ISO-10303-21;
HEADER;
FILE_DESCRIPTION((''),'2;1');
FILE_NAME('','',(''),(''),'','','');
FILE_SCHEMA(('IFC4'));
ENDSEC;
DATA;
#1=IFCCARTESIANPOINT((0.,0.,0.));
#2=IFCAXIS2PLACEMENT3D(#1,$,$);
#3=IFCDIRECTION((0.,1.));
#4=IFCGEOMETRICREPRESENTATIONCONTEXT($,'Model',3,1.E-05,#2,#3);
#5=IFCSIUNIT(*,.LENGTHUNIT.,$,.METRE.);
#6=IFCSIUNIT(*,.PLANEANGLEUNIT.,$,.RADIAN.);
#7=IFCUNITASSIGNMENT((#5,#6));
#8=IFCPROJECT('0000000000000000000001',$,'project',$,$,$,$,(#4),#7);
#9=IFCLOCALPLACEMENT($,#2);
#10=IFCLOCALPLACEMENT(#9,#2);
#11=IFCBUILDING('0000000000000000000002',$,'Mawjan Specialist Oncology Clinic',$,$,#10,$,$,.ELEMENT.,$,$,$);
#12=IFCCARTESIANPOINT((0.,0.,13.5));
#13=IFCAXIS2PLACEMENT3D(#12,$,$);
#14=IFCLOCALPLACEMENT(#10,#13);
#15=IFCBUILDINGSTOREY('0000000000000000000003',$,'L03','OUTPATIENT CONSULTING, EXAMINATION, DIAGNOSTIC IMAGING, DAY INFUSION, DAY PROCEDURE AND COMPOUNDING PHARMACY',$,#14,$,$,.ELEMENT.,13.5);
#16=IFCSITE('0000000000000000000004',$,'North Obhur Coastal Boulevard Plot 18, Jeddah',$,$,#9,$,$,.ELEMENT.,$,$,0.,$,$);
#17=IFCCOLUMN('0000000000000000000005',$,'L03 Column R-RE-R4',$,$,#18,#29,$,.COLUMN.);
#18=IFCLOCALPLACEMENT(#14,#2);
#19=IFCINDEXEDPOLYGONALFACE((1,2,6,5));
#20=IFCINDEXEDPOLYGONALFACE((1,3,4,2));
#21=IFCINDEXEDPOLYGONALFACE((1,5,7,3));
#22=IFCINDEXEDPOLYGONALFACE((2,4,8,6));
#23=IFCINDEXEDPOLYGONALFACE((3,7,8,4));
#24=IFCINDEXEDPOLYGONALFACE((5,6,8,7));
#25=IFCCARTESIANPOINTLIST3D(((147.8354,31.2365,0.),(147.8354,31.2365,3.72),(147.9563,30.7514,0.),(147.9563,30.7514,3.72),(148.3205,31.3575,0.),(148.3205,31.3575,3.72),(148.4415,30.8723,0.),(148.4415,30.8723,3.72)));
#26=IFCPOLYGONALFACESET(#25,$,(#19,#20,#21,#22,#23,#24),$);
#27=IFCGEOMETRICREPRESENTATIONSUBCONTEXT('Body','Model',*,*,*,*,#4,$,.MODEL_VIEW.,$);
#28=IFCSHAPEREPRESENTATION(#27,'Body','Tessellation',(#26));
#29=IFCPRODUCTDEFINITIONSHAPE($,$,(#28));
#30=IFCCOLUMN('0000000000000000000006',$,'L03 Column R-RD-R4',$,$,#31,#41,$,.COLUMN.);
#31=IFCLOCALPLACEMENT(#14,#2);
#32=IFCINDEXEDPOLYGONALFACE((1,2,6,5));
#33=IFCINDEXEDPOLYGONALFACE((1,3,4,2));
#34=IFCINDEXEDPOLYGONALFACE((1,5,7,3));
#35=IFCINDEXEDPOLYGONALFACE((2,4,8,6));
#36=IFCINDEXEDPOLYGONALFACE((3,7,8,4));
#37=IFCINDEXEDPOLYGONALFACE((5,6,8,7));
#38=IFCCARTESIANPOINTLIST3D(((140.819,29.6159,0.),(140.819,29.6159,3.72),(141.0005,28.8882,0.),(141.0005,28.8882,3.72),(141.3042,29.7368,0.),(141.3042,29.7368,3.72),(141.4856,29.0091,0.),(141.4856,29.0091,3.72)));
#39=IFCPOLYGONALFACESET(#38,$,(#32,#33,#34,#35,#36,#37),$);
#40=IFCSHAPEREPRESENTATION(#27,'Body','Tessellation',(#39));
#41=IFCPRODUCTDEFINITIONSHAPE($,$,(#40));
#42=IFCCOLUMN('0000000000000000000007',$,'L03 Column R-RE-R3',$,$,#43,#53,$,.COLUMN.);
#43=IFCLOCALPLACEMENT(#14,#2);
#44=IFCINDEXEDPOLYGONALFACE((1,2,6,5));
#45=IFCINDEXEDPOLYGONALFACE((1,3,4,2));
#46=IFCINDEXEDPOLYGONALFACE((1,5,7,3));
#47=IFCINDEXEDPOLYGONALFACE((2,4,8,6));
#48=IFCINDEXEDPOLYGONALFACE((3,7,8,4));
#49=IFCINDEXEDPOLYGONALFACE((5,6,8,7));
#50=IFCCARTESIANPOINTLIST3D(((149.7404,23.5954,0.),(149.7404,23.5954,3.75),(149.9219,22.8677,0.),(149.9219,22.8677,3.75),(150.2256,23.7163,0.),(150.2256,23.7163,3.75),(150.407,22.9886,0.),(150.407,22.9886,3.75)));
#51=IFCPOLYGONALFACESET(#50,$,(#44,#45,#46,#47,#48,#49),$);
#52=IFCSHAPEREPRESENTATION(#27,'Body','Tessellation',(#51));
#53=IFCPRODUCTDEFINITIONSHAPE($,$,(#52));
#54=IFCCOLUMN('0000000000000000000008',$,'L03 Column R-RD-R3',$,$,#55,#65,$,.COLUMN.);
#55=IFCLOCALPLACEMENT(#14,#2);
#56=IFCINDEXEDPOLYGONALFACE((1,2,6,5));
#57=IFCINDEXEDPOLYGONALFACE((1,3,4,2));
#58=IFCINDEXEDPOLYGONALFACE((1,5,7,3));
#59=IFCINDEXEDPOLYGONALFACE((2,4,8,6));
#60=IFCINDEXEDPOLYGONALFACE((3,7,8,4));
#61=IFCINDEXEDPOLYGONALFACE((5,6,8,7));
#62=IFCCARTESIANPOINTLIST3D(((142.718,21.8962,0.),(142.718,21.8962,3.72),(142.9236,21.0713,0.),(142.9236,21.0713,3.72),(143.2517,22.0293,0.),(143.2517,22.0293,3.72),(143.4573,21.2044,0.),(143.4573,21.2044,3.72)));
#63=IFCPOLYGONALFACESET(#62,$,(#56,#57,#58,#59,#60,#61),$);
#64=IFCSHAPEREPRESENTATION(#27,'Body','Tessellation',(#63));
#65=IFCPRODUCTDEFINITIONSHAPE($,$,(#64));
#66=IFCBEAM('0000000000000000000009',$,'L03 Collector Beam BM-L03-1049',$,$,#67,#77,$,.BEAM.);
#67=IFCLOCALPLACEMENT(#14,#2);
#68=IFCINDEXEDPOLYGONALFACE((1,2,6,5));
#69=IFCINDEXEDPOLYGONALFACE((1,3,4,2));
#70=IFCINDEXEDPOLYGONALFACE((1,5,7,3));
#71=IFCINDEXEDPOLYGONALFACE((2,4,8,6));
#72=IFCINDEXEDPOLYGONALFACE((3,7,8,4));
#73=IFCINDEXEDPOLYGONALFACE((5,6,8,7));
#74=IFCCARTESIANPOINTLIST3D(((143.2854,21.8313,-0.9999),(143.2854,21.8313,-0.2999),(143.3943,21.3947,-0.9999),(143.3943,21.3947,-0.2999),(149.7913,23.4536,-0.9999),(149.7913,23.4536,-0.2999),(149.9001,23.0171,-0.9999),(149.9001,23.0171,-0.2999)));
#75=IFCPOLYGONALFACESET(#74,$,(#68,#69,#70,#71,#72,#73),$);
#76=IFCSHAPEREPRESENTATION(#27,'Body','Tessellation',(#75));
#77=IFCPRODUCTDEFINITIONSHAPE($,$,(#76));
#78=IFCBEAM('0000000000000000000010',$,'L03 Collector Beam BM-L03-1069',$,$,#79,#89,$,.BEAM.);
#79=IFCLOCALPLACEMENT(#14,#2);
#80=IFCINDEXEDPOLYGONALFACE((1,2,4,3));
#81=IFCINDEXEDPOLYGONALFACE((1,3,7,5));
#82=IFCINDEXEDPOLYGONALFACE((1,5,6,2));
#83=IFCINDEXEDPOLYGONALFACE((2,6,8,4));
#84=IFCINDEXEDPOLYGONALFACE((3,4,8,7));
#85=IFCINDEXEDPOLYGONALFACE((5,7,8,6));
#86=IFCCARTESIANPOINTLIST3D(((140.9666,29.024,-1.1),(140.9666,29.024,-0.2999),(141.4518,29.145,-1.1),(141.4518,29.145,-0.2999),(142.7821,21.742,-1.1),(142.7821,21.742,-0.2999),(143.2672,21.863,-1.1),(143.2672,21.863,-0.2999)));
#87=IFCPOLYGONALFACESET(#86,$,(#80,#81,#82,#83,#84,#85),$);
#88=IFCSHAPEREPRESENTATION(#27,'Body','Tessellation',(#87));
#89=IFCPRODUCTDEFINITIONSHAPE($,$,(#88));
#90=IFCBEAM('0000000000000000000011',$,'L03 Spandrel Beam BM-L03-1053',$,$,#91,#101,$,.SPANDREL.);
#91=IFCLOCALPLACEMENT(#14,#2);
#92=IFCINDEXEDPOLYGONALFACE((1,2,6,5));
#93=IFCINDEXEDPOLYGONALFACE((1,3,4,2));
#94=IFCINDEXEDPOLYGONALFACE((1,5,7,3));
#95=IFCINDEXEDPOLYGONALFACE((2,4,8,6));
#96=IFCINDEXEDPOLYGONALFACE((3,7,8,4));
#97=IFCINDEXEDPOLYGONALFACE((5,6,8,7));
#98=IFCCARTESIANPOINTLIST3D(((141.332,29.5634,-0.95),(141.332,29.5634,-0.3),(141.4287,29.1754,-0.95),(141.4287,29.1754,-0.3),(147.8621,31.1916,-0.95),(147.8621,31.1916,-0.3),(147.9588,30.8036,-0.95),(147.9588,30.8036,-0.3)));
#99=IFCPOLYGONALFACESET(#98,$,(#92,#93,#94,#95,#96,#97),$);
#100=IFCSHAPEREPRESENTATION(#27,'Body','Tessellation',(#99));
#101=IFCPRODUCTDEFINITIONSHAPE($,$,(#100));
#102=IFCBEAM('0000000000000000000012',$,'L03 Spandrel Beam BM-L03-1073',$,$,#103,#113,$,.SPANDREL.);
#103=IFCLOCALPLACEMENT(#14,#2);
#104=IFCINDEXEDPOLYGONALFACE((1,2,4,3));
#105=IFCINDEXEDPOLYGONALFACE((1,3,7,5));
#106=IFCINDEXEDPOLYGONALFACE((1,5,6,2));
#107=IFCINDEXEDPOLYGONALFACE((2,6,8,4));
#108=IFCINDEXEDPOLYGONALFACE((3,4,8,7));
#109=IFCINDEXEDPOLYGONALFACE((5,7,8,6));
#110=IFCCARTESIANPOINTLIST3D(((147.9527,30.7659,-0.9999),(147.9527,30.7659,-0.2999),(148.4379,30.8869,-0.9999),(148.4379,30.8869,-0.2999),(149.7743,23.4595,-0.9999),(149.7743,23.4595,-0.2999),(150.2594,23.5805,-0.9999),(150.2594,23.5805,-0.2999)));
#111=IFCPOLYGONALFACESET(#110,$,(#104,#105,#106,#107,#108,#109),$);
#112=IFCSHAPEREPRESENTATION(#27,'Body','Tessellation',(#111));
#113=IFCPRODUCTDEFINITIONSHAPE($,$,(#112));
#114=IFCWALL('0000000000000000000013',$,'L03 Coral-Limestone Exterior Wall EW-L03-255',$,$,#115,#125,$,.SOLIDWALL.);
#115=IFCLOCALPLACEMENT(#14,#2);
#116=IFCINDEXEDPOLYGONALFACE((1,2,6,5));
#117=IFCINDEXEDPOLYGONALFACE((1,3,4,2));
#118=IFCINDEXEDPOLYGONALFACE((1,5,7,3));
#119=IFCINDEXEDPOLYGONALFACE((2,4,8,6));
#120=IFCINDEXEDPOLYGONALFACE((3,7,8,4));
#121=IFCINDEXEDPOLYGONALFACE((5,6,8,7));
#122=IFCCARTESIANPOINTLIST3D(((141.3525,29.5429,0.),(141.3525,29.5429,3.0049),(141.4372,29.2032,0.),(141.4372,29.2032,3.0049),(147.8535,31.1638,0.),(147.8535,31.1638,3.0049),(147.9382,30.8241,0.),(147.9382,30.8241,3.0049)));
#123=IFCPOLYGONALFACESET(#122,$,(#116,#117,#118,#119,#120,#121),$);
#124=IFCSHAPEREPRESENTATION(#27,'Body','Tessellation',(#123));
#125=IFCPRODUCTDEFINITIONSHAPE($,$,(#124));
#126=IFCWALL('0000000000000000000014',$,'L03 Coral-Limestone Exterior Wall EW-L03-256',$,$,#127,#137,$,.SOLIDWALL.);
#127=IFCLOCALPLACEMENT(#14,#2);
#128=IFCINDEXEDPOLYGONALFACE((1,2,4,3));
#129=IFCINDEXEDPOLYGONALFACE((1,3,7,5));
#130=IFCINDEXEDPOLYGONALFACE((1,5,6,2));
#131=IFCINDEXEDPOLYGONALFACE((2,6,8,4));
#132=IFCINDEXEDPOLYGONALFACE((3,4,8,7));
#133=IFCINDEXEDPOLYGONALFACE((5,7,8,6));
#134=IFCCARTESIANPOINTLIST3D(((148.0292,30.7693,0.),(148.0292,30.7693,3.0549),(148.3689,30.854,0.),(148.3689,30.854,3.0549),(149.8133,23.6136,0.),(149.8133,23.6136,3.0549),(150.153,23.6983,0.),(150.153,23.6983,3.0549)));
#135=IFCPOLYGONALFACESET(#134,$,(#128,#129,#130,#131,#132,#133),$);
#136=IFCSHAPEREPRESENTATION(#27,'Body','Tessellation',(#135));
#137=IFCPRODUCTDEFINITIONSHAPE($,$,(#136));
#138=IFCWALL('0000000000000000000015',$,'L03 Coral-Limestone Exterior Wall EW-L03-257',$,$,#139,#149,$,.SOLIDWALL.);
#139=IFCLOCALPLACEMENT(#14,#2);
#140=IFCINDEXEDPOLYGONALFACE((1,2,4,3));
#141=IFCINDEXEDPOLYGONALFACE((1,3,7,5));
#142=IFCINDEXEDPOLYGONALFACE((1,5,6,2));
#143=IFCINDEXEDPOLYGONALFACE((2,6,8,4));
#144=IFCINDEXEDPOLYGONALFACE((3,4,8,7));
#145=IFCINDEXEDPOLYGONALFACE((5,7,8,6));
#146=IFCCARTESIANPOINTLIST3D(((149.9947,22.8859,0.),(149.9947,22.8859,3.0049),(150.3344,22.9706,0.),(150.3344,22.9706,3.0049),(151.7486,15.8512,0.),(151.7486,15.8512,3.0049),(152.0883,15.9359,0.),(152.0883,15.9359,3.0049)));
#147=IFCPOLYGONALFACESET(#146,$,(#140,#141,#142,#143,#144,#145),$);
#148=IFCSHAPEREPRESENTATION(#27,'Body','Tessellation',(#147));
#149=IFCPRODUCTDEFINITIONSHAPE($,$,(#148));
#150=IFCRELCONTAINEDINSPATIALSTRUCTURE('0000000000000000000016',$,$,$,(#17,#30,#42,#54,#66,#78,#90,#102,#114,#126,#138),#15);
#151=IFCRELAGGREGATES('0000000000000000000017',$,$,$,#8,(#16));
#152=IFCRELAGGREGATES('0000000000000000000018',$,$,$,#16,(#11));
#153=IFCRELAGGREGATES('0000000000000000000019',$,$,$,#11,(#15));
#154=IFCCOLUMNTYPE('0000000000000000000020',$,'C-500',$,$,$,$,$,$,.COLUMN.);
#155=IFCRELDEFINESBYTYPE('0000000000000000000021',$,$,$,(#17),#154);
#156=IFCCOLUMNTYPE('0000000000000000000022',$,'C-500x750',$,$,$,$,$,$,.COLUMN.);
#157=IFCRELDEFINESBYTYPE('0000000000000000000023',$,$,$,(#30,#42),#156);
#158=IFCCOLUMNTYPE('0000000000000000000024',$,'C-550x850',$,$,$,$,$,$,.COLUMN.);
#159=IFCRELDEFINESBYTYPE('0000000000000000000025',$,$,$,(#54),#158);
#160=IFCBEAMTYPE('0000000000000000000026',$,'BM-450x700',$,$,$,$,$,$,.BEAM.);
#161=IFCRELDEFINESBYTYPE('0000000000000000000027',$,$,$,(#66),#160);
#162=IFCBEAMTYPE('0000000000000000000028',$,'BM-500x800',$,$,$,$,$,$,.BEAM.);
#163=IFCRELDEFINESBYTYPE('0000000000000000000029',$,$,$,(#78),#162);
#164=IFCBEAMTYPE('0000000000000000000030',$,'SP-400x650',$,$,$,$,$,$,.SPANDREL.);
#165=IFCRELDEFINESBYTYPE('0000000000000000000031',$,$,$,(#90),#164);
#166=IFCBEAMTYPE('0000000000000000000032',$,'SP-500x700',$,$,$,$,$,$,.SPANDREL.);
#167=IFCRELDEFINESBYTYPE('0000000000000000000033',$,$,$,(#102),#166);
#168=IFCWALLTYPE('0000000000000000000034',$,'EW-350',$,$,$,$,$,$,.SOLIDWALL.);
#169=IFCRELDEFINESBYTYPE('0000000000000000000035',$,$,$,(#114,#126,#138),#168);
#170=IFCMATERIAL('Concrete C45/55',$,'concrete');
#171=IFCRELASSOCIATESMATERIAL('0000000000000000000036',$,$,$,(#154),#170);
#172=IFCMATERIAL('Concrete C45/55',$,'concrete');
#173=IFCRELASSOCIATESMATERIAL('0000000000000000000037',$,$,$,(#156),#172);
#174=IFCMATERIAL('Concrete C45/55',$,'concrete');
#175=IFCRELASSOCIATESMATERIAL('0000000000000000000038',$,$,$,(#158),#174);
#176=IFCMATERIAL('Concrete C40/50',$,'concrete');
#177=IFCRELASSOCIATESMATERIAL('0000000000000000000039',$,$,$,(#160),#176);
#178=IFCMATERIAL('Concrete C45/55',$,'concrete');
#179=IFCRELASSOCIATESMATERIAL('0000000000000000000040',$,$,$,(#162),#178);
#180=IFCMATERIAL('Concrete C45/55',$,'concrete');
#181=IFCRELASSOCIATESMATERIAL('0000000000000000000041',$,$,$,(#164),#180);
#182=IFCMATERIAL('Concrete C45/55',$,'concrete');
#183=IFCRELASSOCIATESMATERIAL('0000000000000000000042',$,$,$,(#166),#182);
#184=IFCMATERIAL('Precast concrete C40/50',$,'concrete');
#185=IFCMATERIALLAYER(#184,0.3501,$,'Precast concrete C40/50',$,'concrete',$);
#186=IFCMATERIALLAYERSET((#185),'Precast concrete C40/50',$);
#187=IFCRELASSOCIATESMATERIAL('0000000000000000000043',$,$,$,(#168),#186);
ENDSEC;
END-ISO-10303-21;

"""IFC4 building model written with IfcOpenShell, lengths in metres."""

from ifc_helpers import new_model, si_unit, direction, frame, frame_2d, origin, origin_2d, place, context, subcontext, project, spatial, rectangle, extrude, material, layer, layer_set, material_profile, profile_set, type_object, element, save


model = new_model("IFC4")

# Units and contexts
model_context = context("Model", 3, precision=1e-05, world=origin(), true_north=direction((0.0, 1.0)))
body_context = subcontext(model_context, "Body", "Model", "MODEL_VIEW")
ifc_project = project(units=[si_unit("LENGTHUNIT", "METRE"), si_unit("PLANEANGLEUNIT", "RADIAN")], contexts=[model_context])

# Site, building, storey
site_placement = place(None, origin())
site = spatial("IfcSite", under=ifc_project, at=site_placement, Name="North Obhur Coastal Boulevard Plot 18, Jeddah", CompositionType="ELEMENT", RefElevation=0.0)
building_placement = place(site_placement, origin())
building = spatial("IfcBuilding", under=site, at=building_placement, Name="Mawjan Specialist Oncology Clinic", CompositionType="ELEMENT")
storey_placement = place(building_placement, frame((0.0, 0.0, 13.5)))
storey = spatial("IfcBuildingStorey", under=building, at=storey_placement, Name="L03", Description="OUTPATIENT CONSULTING, EXAMINATION, DIAGNOSTIC IMAGING, DAY INFUSION, DAY PROCEDURE AND COMPOUNDING PHARMACY", CompositionType="ELEMENT", Elevation=13.5)

# Columns
ifc_material_1 = material(Name="Concrete C45/55", Category="concrete")
ifc_material_profile_1 = material_profile(ifc_material_1, rectangle(XDim=0.5, YDim=0.5, at=origin_2d()), Name="RC COL 500x500", Category="concrete")
ifc_profile_set_1 = profile_set([ifc_material_profile_1], Name="Concrete C45/55")
column_type_1 = type_object("IfcColumnType", Name="C-500", PredefinedType="COLUMN", material=ifc_profile_set_1)
column_1_placement = place(storey_placement, frame((148.1384, 31.0544, 0.0), z_axis=(0.0, 0.0, 1.0), x_axis=(0.970296, 0.241922, 0.0)))
element("IfcColumn", 1, at=column_1_placement, inside=storey, type_object=column_type_1, Name="L03 Column R-RE-R4", PredefinedType="COLUMN", context=body_context, shape_type="SweptSolid", body=[
    extrude(rectangle(XDim=0.5, YDim=0.5, at=origin_2d()), origin(), (0.0, 0.0, 1.0), 3.72),
])
ifc_material_2 = material(Name="Concrete C45/55", Category="concrete")
ifc_material_profile_2 = material_profile(ifc_material_2, rectangle(XDim=0.5, YDim=0.75, at=origin_2d()), Name="RC COL 500x750", Category="concrete")
ifc_profile_set_2 = profile_set([ifc_material_profile_2], Name="Concrete C45/55")
column_type_2 = type_object("IfcColumnType", Name="C-500x750", PredefinedType="COLUMN", material=ifc_profile_set_2)
column_2_placement = place(storey_placement, frame((141.1523, 29.3125, 0.0), z_axis=(0.0, 0.0, 1.0), x_axis=(0.970296, 0.241922, 0.0)))
element("IfcColumn", 2, at=column_2_placement, inside=storey, type_object=column_type_2, Name="L03 Column R-RD-R4", PredefinedType="COLUMN", context=body_context, shape_type="SweptSolid", body=[
    extrude(rectangle(XDim=0.5, YDim=0.75, at=origin_2d()), origin(), (0.0, 0.0, 1.0), 3.72),
])
column_3_placement = place(storey_placement, frame((150.0737, 23.292, 0.0), z_axis=(0.0, 0.0, 1.0), x_axis=(0.970296, 0.241922, 0.0)))
element("IfcColumn", 3, at=column_3_placement, inside=storey, type_object=column_type_2, Name="L03 Column R-RE-R3", PredefinedType="COLUMN", context=body_context, shape_type="SweptSolid", body=[
    extrude(rectangle(XDim=0.5, YDim=0.75, at=origin_2d()), origin(), (0.0, 0.0, 1.0), 3.75),
])
ifc_material_3 = material(Name="Concrete C45/55", Category="concrete")
ifc_material_profile_3 = material_profile(ifc_material_3, rectangle(XDim=0.55, YDim=0.8501, at=origin_2d()), Name="RC COL 550x850", Category="concrete")
ifc_profile_set_3 = profile_set([ifc_material_profile_3], Name="Concrete C45/55")
column_type_3 = type_object("IfcColumnType", Name="C-550x850", PredefinedType="COLUMN", material=ifc_profile_set_3)
column_4_placement = place(storey_placement, frame((143.0876, 21.5503, 0.0), z_axis=(0.0, 0.0, 1.0), x_axis=(0.970296, 0.241922, 0.0)))
element("IfcColumn", 4, at=column_4_placement, inside=storey, type_object=column_type_3, Name="L03 Column R-RD-R3", PredefinedType="COLUMN", context=body_context, shape_type="SweptSolid", body=[
    extrude(rectangle(XDim=0.55, YDim=0.8501, at=origin_2d()), origin(), (0.0, 0.0, 1.0), 3.72),
])

# Beams
ifc_material_4 = material(Name="Concrete C40/50", Category="concrete")
ifc_material_profile_4 = material_profile(ifc_material_4, rectangle(XDim=0.45, YDim=0.7, at=origin_2d()), Name="RC BM 450x700", Category="concrete")
ifc_profile_set_4 = profile_set([ifc_material_profile_4], Name="Concrete C40/50")
beam_type_1 = type_object("IfcBeamType", Name="BM-450x700", PredefinedType="BEAM", material=ifc_profile_set_4)
beam_1_placement = place(storey_placement, frame((143.3398, 21.613, -0.6499), z_axis=(0.970288, 0.241953, 0.0), x_axis=(-0.241953, 0.970288, 0.0)))
element("IfcBeam", 5, at=beam_1_placement, inside=storey, type_object=beam_type_1, Name="L03 Collector Beam BM-L03-1049", PredefinedType="BEAM", context=body_context, shape_type="SweptSolid", body=[
    extrude(rectangle(XDim=0.45, YDim=0.7, at=origin_2d()), origin(), (0.0, 0.0, 1.0), 6.7051),
])
ifc_material_5 = material(Name="Concrete C45/55", Category="concrete")
ifc_material_profile_5 = material_profile(ifc_material_5, rectangle(XDim=0.5, YDim=0.8, at=origin_2d()), Name="RC BM 500x800", Category="concrete")
ifc_profile_set_5 = profile_set([ifc_material_profile_5], Name="Concrete C45/55")
beam_type_2 = type_object("IfcBeamType", Name="BM-500x800", PredefinedType="BEAM", material=ifc_profile_set_5)
beam_2_placement = place(storey_placement, frame((143.0247, 21.8025, -0.7), z_axis=(-0.2419, 0.970301, 0.0), x_axis=(-0.970301, -0.2419, 0.0)))
element("IfcBeam", 6, at=beam_2_placement, inside=storey, type_object=beam_type_2, Name="L03 Collector Beam BM-L03-1069", PredefinedType="BEAM", context=body_context, shape_type="SweptSolid", body=[
    extrude(rectangle(XDim=0.5, YDim=0.8, at=origin_2d()), origin(), (0.0, 0.0, 1.0), 7.5049),
])
ifc_material_6 = material(Name="Concrete C45/55", Category="concrete")
ifc_material_profile_6 = material_profile(ifc_material_6, rectangle(XDim=0.3999, YDim=0.6499, at=origin_2d()), Name="RC BM 400x650", Category="concrete")
ifc_profile_set_6 = profile_set([ifc_material_profile_6], Name="Concrete C45/55")
beam_type_3 = type_object("IfcBeamType", Name="SP-400x650", PredefinedType="SPANDREL", material=ifc_profile_set_6)
beam_3_placement = place(storey_placement, frame((141.3804, 29.3694, -0.625), z_axis=(0.970294, 0.24193, 0.0), x_axis=(-0.24193, 0.970294, 0.0)))
element("IfcBeam", 7, at=beam_3_placement, inside=storey, type_object=beam_type_3, Name="L03 Spandrel Beam BM-L03-1053", PredefinedType="SPANDREL", context=body_context, shape_type="SweptSolid", body=[
    extrude(rectangle(XDim=0.3999, YDim=0.6499, at=origin_2d()), origin(), (0.0, 0.0, 1.0), 6.73),
])
ifc_material_7 = material(Name="Concrete C45/55", Category="concrete")
ifc_material_profile_7 = material_profile(ifc_material_7, rectangle(XDim=0.5, YDim=0.7, at=origin_2d()), Name="RC BM 500x700", Category="concrete")
ifc_profile_set_7 = profile_set([ifc_material_profile_7], Name="Concrete C45/55")
beam_type_4 = type_object("IfcBeamType", Name="SP-500x700", PredefinedType="SPANDREL", material=ifc_profile_set_7)
beam_4_placement = place(storey_placement, frame((150.0168, 23.52, -0.6499), z_axis=(-0.241902, 0.970301, 0.0), x_axis=(-0.970301, -0.241902, 0.0)))
element("IfcBeam", 8, at=beam_4_placement, inside=storey, type_object=beam_type_4, Name="L03 Spandrel Beam BM-L03-1073", PredefinedType="SPANDREL", context=body_context, shape_type="SweptSolid", body=[
    extrude(rectangle(XDim=0.5, YDim=0.7, at=origin_2d()), origin(), (0.0, 0.0, 1.0), 7.53),
])

# Walls
ifc_material_8 = material(Name="Precast concrete C40/50", Category="concrete")
ifc_layer_1 = layer(ifc_material_8, 0.3501, Name="Precast concrete C40/50", Category="concrete")
ifc_layer_set_1 = layer_set([ifc_layer_1], Name="Precast concrete C40/50")
wall_type_1 = type_object("IfcWallType", Name="EW-350", PredefinedType="SOLIDWALL", material=ifc_layer_set_1)
wall_1_placement = place(storey_placement, frame((141.3948, 29.373, 0.0), z_axis=(0.0, 0.0, 1.0), x_axis=(0.970297, 0.241918, 0.0)))
element("IfcWall", 9, at=wall_1_placement, inside=storey, type_object=wall_type_1, Name="L03 Coral-Limestone Exterior Wall EW-L03-255", PredefinedType="SOLIDWALL", context=body_context, shape_type="SweptSolid", body=[
    extrude(rectangle(XDim=6.7, YDim=0.3501, at=frame_2d((3.3501, 0.0))), origin(), (0.0, 0.0, 1.0), 3.0049),
])
wall_2_placement = place(storey_placement, frame((148.199, 30.8118, 0.0), z_axis=(0.0, 0.0, 1.0), x_axis=(0.241928, -0.970294, 0.0)))
element("IfcWall", 10, at=wall_2_placement, inside=storey, type_object=wall_type_1, Name="L03 Coral-Limestone Exterior Wall EW-L03-256", PredefinedType="SOLIDWALL", context=body_context, shape_type="SweptSolid", body=[
    extrude(rectangle(XDim=7.3748, YDim=0.3501, at=frame_2d((3.6875, 0.0))), origin(), (0.0, 0.0, 1.0), 3.0549),
])
wall_3_placement = place(storey_placement, frame((150.1646, 22.9282, 0.0), z_axis=(0.0, 0.0, 1.0), x_axis=(0.241918, -0.970297, 0.0)))
element("IfcWall", 11, at=wall_3_placement, inside=storey, type_object=wall_type_1, Name="L03 Coral-Limestone Exterior Wall EW-L03-257", PredefinedType="SOLIDWALL", context=body_context, shape_type="SweptSolid", body=[
    extrude(rectangle(XDim=7.25, YDim=0.3501, at=frame_2d((3.625, 0.0))), origin(), (0.0, 0.0, 1.0), 3.0049),
])

save(model, "model.ifc")
